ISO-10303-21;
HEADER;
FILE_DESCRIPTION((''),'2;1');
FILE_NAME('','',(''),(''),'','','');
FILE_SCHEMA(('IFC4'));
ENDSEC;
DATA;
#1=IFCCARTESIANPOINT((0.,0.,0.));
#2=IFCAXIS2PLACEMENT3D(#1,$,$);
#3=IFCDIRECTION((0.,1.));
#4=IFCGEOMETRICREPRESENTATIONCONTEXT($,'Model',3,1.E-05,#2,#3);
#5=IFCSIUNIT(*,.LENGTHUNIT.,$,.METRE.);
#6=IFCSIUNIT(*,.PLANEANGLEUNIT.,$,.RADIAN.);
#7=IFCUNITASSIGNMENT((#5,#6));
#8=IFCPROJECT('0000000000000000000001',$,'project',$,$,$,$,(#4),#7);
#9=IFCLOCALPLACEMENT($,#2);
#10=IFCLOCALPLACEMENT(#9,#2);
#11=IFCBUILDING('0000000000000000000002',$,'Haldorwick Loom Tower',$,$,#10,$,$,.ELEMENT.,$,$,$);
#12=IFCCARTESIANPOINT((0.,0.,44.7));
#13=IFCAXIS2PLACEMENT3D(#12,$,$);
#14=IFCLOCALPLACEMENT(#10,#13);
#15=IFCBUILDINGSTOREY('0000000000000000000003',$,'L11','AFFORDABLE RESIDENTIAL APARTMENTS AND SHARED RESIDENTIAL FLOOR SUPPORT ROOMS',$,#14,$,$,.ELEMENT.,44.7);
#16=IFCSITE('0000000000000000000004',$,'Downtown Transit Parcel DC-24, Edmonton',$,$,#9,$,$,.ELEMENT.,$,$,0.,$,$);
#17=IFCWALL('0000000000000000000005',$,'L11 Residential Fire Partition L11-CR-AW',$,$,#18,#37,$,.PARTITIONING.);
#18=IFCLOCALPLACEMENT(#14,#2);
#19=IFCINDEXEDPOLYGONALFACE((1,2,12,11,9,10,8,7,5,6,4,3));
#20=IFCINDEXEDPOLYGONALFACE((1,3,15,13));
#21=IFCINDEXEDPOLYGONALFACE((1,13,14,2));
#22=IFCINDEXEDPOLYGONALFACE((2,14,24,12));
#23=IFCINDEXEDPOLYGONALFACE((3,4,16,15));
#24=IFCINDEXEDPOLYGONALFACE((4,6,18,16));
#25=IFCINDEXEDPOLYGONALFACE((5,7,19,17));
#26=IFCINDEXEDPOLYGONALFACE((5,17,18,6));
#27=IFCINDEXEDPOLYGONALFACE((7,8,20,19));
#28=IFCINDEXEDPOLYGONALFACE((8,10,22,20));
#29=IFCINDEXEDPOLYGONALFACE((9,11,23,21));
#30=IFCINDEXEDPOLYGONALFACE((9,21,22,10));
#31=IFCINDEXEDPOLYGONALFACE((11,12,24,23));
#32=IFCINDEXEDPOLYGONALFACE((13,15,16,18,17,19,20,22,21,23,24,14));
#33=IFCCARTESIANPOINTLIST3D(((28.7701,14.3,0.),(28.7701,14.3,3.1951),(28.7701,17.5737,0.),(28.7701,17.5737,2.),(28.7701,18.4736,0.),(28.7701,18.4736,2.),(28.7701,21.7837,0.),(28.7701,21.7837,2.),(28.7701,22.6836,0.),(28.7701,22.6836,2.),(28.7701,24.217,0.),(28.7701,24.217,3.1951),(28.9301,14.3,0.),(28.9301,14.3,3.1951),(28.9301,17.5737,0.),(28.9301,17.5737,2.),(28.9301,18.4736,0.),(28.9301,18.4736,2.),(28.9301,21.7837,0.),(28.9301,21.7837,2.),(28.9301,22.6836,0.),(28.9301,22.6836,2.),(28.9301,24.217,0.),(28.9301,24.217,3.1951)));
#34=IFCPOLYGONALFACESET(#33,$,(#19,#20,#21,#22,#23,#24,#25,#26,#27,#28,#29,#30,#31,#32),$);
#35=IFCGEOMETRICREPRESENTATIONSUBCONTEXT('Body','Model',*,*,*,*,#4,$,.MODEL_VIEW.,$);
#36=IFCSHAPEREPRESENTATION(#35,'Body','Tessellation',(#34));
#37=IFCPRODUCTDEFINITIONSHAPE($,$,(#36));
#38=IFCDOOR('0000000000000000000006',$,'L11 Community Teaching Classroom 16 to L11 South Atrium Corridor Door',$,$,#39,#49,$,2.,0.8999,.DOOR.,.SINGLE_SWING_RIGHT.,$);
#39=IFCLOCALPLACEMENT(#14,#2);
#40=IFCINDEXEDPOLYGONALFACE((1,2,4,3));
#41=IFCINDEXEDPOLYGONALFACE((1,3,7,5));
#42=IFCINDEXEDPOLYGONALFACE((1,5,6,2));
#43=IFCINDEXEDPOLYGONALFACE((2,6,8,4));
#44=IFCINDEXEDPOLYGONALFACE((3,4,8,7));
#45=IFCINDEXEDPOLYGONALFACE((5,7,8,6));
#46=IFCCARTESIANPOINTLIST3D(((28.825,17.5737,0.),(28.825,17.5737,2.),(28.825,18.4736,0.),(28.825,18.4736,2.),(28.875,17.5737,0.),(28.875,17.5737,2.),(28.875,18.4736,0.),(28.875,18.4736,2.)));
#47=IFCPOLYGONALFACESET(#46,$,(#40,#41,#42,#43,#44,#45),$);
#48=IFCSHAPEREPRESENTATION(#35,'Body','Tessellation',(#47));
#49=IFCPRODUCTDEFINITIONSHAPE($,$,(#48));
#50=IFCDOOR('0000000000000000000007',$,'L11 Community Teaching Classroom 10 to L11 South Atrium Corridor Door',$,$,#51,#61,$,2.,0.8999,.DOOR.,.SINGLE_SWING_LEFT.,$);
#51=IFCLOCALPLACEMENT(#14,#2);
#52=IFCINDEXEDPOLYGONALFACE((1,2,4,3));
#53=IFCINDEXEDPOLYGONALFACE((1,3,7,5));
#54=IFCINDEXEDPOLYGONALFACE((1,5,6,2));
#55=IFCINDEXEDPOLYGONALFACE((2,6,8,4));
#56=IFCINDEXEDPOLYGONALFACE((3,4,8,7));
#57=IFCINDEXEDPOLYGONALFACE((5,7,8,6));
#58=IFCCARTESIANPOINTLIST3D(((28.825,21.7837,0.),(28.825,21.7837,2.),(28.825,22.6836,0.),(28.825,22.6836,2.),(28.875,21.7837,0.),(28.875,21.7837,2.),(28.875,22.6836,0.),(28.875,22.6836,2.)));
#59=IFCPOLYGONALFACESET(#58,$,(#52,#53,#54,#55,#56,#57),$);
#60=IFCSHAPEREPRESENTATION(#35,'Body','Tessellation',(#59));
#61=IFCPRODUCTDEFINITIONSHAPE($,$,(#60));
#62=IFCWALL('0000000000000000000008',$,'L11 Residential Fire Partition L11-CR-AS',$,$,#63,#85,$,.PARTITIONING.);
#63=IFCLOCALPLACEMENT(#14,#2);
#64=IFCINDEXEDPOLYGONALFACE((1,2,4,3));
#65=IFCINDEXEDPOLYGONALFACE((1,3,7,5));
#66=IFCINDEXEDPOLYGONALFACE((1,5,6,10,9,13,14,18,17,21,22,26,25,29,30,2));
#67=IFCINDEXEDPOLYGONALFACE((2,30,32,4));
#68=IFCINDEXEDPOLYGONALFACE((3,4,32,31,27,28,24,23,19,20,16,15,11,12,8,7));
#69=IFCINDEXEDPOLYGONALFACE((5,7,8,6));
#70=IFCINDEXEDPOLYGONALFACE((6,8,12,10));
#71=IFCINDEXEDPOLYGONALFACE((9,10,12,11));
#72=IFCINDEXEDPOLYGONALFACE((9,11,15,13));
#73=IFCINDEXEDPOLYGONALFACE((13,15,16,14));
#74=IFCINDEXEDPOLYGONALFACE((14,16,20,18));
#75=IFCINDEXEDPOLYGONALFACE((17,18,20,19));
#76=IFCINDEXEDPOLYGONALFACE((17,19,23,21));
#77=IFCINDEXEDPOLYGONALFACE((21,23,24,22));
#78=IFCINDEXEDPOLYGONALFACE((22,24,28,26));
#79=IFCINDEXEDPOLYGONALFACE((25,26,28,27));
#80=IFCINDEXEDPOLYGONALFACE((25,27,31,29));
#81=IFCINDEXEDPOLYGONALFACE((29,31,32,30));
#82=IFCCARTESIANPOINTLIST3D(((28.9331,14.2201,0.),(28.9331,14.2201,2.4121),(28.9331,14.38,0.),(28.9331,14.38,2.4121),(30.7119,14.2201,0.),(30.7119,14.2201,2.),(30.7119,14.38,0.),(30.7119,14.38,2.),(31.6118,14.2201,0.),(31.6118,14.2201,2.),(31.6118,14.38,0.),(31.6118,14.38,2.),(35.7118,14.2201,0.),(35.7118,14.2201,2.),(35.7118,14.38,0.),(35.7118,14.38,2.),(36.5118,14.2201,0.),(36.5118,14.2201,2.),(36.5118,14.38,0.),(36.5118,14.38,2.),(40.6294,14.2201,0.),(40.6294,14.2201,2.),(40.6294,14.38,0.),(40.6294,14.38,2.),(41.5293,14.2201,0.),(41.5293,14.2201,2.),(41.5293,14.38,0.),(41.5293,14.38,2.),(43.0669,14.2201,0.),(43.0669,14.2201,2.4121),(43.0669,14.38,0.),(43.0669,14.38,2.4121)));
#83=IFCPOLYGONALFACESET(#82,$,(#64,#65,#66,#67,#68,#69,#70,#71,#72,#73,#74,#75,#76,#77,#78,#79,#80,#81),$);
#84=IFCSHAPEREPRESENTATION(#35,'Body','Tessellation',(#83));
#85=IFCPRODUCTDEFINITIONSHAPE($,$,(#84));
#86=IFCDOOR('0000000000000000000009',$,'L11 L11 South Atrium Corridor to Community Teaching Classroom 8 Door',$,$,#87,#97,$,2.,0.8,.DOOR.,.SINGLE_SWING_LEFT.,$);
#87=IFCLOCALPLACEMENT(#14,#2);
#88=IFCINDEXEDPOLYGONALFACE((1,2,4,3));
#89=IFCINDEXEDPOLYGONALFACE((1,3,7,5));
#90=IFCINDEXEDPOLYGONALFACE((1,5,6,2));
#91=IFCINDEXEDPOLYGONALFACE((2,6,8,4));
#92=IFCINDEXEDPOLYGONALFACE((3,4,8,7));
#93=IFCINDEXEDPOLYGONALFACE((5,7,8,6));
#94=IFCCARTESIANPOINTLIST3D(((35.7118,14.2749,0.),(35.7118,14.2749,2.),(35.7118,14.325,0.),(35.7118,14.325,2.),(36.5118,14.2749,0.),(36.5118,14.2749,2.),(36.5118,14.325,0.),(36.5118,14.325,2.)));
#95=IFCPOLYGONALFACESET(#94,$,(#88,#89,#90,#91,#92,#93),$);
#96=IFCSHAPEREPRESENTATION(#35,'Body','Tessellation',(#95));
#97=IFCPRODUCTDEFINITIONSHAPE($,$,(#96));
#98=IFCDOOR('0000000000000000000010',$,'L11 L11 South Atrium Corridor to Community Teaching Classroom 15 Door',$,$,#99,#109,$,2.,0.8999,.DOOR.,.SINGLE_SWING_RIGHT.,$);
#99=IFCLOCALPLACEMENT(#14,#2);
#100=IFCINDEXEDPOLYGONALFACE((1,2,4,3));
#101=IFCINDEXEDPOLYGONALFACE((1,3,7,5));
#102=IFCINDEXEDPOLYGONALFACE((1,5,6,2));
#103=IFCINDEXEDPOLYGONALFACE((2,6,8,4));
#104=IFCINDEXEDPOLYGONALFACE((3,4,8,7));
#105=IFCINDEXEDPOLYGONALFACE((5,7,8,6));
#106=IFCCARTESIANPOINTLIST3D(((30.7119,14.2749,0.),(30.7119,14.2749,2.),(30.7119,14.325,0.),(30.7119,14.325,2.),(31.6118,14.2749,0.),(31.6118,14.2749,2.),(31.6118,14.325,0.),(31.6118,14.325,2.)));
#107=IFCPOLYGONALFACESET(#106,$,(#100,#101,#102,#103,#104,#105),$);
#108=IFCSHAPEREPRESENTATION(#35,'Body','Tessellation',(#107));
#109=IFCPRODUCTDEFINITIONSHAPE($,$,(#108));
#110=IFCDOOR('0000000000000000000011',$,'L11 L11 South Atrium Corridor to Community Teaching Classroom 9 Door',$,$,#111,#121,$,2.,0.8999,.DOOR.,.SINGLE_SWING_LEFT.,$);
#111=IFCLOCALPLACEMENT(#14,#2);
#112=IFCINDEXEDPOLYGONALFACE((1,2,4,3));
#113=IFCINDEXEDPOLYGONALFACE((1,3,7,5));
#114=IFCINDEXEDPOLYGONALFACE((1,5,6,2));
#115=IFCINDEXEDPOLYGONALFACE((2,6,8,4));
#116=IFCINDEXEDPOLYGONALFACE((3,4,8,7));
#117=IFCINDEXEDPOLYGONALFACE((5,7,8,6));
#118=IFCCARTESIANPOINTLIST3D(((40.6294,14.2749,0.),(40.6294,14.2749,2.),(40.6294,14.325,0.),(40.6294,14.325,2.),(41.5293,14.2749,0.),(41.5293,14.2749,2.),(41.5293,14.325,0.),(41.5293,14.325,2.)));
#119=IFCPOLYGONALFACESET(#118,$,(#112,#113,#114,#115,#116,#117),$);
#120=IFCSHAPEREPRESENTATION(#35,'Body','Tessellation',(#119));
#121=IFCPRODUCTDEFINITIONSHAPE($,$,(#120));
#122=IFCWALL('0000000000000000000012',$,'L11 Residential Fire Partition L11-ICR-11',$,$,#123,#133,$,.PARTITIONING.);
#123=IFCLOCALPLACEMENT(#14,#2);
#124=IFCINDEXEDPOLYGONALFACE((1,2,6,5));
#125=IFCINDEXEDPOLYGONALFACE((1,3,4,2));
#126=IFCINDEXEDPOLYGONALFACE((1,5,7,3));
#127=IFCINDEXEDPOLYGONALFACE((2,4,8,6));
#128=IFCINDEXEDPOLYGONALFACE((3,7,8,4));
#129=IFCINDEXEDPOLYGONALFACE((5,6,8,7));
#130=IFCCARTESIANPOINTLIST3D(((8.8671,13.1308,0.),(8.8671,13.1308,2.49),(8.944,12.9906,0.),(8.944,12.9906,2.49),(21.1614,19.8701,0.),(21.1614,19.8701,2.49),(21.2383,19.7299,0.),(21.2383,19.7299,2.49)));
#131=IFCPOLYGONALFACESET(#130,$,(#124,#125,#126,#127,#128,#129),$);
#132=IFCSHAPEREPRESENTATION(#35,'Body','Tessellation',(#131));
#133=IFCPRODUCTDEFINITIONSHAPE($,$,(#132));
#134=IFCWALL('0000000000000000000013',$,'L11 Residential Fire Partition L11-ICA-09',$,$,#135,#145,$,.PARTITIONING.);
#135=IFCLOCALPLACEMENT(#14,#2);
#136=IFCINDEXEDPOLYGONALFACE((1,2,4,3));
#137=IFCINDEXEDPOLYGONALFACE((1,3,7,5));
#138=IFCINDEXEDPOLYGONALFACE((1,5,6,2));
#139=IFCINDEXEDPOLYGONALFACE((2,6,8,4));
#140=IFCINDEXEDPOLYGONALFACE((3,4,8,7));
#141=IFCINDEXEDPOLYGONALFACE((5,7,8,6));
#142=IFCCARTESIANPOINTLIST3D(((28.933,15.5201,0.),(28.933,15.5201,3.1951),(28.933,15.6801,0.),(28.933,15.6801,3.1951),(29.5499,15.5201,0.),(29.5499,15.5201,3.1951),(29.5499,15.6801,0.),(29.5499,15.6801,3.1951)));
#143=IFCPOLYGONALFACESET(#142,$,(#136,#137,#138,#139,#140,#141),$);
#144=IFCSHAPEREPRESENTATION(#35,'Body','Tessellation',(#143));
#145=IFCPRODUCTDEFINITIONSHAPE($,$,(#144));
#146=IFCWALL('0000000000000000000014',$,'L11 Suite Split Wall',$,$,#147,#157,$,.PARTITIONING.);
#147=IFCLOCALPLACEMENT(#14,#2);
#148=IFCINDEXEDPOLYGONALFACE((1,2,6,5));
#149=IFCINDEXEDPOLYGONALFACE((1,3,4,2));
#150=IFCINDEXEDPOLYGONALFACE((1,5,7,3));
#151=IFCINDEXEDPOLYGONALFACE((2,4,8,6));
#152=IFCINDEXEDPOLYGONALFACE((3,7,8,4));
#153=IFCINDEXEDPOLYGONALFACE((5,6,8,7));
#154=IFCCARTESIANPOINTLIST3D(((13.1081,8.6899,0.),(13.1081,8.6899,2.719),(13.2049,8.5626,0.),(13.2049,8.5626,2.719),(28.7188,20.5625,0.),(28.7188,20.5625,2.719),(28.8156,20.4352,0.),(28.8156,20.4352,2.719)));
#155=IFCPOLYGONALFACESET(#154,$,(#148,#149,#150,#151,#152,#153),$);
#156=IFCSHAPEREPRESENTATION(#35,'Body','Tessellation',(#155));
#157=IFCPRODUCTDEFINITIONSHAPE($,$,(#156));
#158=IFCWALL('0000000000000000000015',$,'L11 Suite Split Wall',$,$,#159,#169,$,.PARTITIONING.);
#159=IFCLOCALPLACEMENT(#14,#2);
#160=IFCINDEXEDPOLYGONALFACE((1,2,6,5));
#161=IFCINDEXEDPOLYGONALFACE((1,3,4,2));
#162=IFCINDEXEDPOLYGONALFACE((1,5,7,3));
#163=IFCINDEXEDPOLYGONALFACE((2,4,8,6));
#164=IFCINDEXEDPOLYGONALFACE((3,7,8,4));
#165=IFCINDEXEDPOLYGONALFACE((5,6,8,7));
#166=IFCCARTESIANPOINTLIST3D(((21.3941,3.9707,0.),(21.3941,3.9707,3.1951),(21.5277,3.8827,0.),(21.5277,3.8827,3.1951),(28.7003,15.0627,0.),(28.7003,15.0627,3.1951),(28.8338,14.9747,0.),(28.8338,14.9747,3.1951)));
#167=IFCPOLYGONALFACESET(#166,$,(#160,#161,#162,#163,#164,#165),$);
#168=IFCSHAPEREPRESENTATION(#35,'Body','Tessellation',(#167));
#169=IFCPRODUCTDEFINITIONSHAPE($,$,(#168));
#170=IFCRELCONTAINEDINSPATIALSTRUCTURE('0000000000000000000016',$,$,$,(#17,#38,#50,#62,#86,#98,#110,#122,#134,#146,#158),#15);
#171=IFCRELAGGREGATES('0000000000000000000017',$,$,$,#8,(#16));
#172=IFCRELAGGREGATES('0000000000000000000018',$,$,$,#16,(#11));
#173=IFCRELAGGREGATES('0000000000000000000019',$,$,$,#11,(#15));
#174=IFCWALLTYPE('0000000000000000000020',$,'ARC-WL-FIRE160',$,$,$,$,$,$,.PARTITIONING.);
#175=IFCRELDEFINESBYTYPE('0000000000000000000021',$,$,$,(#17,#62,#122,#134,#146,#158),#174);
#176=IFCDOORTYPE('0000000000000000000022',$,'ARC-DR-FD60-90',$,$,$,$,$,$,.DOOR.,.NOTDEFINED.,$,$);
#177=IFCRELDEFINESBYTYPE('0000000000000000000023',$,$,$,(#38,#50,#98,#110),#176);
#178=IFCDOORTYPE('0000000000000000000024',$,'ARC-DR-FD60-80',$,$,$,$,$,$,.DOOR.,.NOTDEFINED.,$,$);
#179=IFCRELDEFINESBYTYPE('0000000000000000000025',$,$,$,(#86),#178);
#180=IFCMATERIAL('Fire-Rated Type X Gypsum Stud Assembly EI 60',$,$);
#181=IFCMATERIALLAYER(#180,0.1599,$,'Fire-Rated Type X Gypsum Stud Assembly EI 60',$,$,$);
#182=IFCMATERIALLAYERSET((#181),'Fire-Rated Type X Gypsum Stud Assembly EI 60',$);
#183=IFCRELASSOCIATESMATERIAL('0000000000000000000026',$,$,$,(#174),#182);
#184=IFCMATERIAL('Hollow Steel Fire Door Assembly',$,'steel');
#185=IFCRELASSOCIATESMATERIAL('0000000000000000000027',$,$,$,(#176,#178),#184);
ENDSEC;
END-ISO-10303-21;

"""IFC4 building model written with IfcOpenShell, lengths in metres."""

from ifc_helpers import new_model, si_unit, direction, frame, frame_2d, origin, place, context, subcontext, project, spatial, rectangle, extrude, material, layer, layer_set, type_object, element, fill, save


model = new_model("IFC4")

# Units and contexts
model_context = context("Model", 3, precision=1e-05, world=origin(), true_north=direction((0.0, 1.0)))
body_context = subcontext(model_context, "Body", "Model", "MODEL_VIEW")
ifc_project = project(units=[si_unit("LENGTHUNIT", "METRE"), si_unit("PLANEANGLEUNIT", "RADIAN")], contexts=[model_context])

# Site, building, storey
site_placement = place(None, origin())
site = spatial("IfcSite", under=ifc_project, at=site_placement, Name="Downtown Transit Parcel DC-24, Edmonton", CompositionType="ELEMENT", RefElevation=0.0)
building_placement = place(site_placement, origin())
building = spatial("IfcBuilding", under=site, at=building_placement, Name="Haldorwick Loom Tower", CompositionType="ELEMENT")
storey_placement = place(building_placement, frame((0.0, 0.0, 44.7)))
storey = spatial("IfcBuildingStorey", under=building, at=storey_placement, Name="L11", Description="AFFORDABLE RESIDENTIAL APARTMENTS AND SHARED RESIDENTIAL FLOOR SUPPORT ROOMS", CompositionType="ELEMENT", Elevation=44.7)

# Walls, openings, doors
ifc_material_1 = material(Name="Fire-Rated Type X Gypsum Stud Assembly EI 60")
ifc_layer_1 = layer(ifc_material_1, 0.1599, Name="Fire-Rated Type X Gypsum Stud Assembly EI 60")
ifc_layer_set_1 = layer_set([ifc_layer_1], Name="Fire-Rated Type X Gypsum Stud Assembly EI 60")
wall_type_1 = type_object("IfcWallType", Name="ARC-WL-FIRE160", PredefinedType="PARTITIONING", material=ifc_layer_set_1)
wall_1_placement = place(storey_placement, frame((28.8501, 14.3, 0.0), z_axis=(0.0, 0.0, 1.0), x_axis=(0.0, 1.0, 0.0)))
wall_1 = element("IfcWall", 1, at=wall_1_placement, inside=storey, type_object=wall_type_1, Name="L11 Residential Fire Partition L11-CR-AW", PredefinedType="PARTITIONING", context=body_context, shape_type="SweptSolid", body=[
    extrude(rectangle(XDim=9.917, YDim=0.1599, at=frame_2d((4.9585, 0.0))), origin(), (0.0, 0.0, 1.0), 3.1951),
])
opening_1_placement = place(wall_1_placement, frame((3.2737, 0.0, 0.0)))
opening_1 = element("IfcOpeningElement", 2, at=opening_1_placement, cuts=wall_1, PredefinedType="OPENING", context=body_context, shape_type="SweptSolid", body=[
    extrude(rectangle(XDim=0.8999, YDim=2.0, at=frame_2d((0.45, 1.0))), frame((0.0, 0.0898, 0.0), z_axis=(0.0, -1.0, 0.0), x_axis=(1.0, 0.0, 0.0)), (0.0, 0.0, 1.0), 0.1799),
])
opening_2_placement = place(wall_1_placement, frame((7.4836, 0.0, 0.0)))
opening_2 = element("IfcOpeningElement", 3, at=opening_2_placement, cuts=wall_1, PredefinedType="OPENING", context=body_context, shape_type="SweptSolid", body=[
    extrude(rectangle(XDim=0.8999, YDim=2.0, at=frame_2d((0.45, 1.0))), frame((0.0, 0.0898, 0.0), z_axis=(0.0, -1.0, 0.0), x_axis=(1.0, 0.0, 0.0)), (0.0, 0.0, 1.0), 0.1799),
])
ifc_material_2 = material(Name="Hollow Steel Fire Door Assembly", Category="steel")
door_type_1 = type_object("IfcDoorType", Name="ARC-DR-FD60-90", OperationType="NOTDEFINED", PredefinedType="DOOR", material=ifc_material_2)
door_1_placement = place(opening_1_placement, frame((0.8999, 0.0, 0.0), z_axis=(0.0, 0.0, 1.0), x_axis=(-1.0, 0.0, 0.0)))
door_1 = element("IfcDoor", 4, at=door_1_placement, inside=storey, type_object=door_type_1, Name="L11 Community Teaching Classroom 16 to L11 South Atrium Corridor Door", OperationType="SINGLE_SWING_RIGHT", OverallHeight=2.0, OverallWidth=0.8999, PredefinedType="DOOR", context=body_context, shape_type="SweptSolid", body=[
    extrude(rectangle(XDim=0.8999, YDim=2.0, at=frame_2d((0.45, 1.0))), frame((0.0, 0.0249, 0.0), z_axis=(0.0, -1.0, 0.0), x_axis=(1.0, 0.0, 0.0)), (0.0, 0.0, 1.0), 0.05),
])
fill(opening_1, door_1)
door_2_placement = place(opening_2_placement, frame((0.8999, 0.0, 0.0), z_axis=(0.0, 0.0, 1.0), x_axis=(-1.0, 0.0, 0.0)))
door_2 = element("IfcDoor", 5, at=door_2_placement, inside=storey, type_object=door_type_1, Name="L11 Community Teaching Classroom 10 to L11 South Atrium Corridor Door", OperationType="SINGLE_SWING_LEFT", OverallHeight=2.0, OverallWidth=0.8999, PredefinedType="DOOR", context=body_context, shape_type="SweptSolid", body=[
    extrude(rectangle(XDim=0.8999, YDim=2.0, at=frame_2d((0.45, 1.0))), frame((0.0, 0.0249, 0.0), z_axis=(0.0, -1.0, 0.0), x_axis=(1.0, 0.0, 0.0)), (0.0, 0.0, 1.0), 0.05),
])
fill(opening_2, door_2)
wall_2_placement = place(storey_placement, frame((28.9331, 14.3, 0.0), z_axis=(0.0, 0.0, 1.0), x_axis=(1.0, 0.0, 0.0)))
wall_2 = element("IfcWall", 6, at=wall_2_placement, inside=storey, type_object=wall_type_1, Name="L11 Residential Fire Partition L11-CR-AS", PredefinedType="PARTITIONING", context=body_context, shape_type="SweptSolid", body=[
    extrude(rectangle(XDim=14.1338, YDim=0.1599, at=frame_2d((7.0669, 0.0))), origin(), (0.0, 0.0, 1.0), 2.4121),
])
opening_3_placement = place(wall_2_placement, frame((1.7788, 0.0, 0.0)))
opening_3 = element("IfcOpeningElement", 7, at=opening_3_placement, cuts=wall_2, PredefinedType="OPENING", context=body_context, shape_type="SweptSolid", body=[
    extrude(rectangle(XDim=0.8999, YDim=2.0, at=frame_2d((0.45, 1.0))), frame((0.0, 0.0898, 0.0), z_axis=(0.0, -1.0, 0.0), x_axis=(1.0, 0.0, 0.0)), (0.0, 0.0, 1.0), 0.1799),
])
opening_4_placement = place(wall_2_placement, frame((11.6963, 0.0, 0.0)))
opening_4 = element("IfcOpeningElement", 8, at=opening_4_placement, cuts=wall_2, PredefinedType="OPENING", context=body_context, shape_type="SweptSolid", body=[
    extrude(rectangle(XDim=0.8999, YDim=2.0, at=frame_2d((0.45, 1.0))), frame((0.0, 0.0898, 0.0), z_axis=(0.0, -1.0, 0.0), x_axis=(1.0, 0.0, 0.0)), (0.0, 0.0, 1.0), 0.1799),
])
opening_5_placement = place(wall_2_placement, frame((6.7788, 0.0, 0.0)))
opening_5 = element("IfcOpeningElement", 9, at=opening_5_placement, cuts=wall_2, PredefinedType="OPENING", context=body_context, shape_type="SweptSolid", body=[
    extrude(rectangle(XDim=0.8, YDim=2.0, at=frame_2d((0.3999, 1.0))), frame((0.0, 0.0898, 0.0), z_axis=(0.0, -1.0, 0.0), x_axis=(1.0, 0.0, 0.0)), (0.0, 0.0, 1.0), 0.1799),
])
door_type_2 = type_object("IfcDoorType", Name="ARC-DR-FD60-80", OperationType="NOTDEFINED", PredefinedType="DOOR", material=ifc_material_2)
door_3_placement = place(opening_5_placement, origin())
door_3 = element("IfcDoor", 10, at=door_3_placement, inside=storey, type_object=door_type_2, Name="L11 L11 South Atrium Corridor to Community Teaching Classroom 8 Door", OperationType="SINGLE_SWING_LEFT", OverallHeight=2.0, OverallWidth=0.8, PredefinedType="DOOR", context=body_context, shape_type="SweptSolid", body=[
    extrude(rectangle(XDim=0.8, YDim=2.0, at=frame_2d((0.3999, 1.0))), frame((0.0, 0.0249, 0.0), z_axis=(0.0, -1.0, 0.0), x_axis=(1.0, 0.0, 0.0)), (0.0, 0.0, 1.0), 0.05),
])
fill(opening_5, door_3)
door_4_placement = place(opening_3_placement, origin())
door_4 = element("IfcDoor", 11, at=door_4_placement, inside=storey, type_object=door_type_1, Name="L11 L11 South Atrium Corridor to Community Teaching Classroom 15 Door", OperationType="SINGLE_SWING_RIGHT", OverallHeight=2.0, OverallWidth=0.8999, PredefinedType="DOOR", context=body_context, shape_type="SweptSolid", body=[
    extrude(rectangle(XDim=0.8999, YDim=2.0, at=frame_2d((0.45, 1.0))), frame((0.0, 0.0249, 0.0), z_axis=(0.0, -1.0, 0.0), x_axis=(1.0, 0.0, 0.0)), (0.0, 0.0, 1.0), 0.05),
])
fill(opening_3, door_4)
door_5_placement = place(opening_4_placement, origin())
door_5 = element("IfcDoor", 12, at=door_5_placement, inside=storey, type_object=door_type_1, Name="L11 L11 South Atrium Corridor to Community Teaching Classroom 9 Door", OperationType="SINGLE_SWING_LEFT", OverallHeight=2.0, OverallWidth=0.8999, PredefinedType="DOOR", context=body_context, shape_type="SweptSolid", body=[
    extrude(rectangle(XDim=0.8999, YDim=2.0, at=frame_2d((0.45, 1.0))), frame((0.0, 0.0249, 0.0), z_axis=(0.0, -1.0, 0.0), x_axis=(1.0, 0.0, 0.0)), (0.0, 0.0, 1.0), 0.05),
])
fill(opening_4, door_5)

# Walls
wall_3_placement = place(storey_placement, frame((21.2, 19.8, 0.0), z_axis=(0.0, 0.0, 1.0), x_axis=(-0.876894, -0.480684, 0.0)))
element("IfcWall", 13, at=wall_3_placement, inside=storey, type_object=wall_type_1, Name="L11 Residential Fire Partition L11-ICR-11", PredefinedType="PARTITIONING", context=body_context, shape_type="SweptSolid", body=[
    extrude(rectangle(XDim=14.0203, YDim=0.1599, at=frame_2d((7.0103, 0.0))), origin(), (0.0, 0.0, 1.0), 2.49),
])
wall_4_placement = place(storey_placement, frame((29.55, 15.6001, 0.0), z_axis=(0.0, 0.0, 1.0), x_axis=(-1.0, 0.0, 0.0)))
element("IfcWall", 14, at=wall_4_placement, inside=storey, type_object=wall_type_1, Name="L11 Residential Fire Partition L11-ICA-09", PredefinedType="PARTITIONING", context=body_context, shape_type="SweptSolid", body=[
    extrude(rectangle(XDim=0.6169, YDim=0.1599, at=frame_2d((0.3086, 0.0))), origin(), (0.0, 0.0, 1.0), 3.1951),
])
wall_5_placement = place(storey_placement, frame((28.7671, 20.4988, 0.0), z_axis=(0.0, 0.0, 1.0), x_axis=(-0.795953, -0.605358, 0.0)))
element("IfcWall", 15, at=wall_5_placement, inside=storey, type_object=wall_type_1, Name="L11 Suite Split Wall", PredefinedType="PARTITIONING", context=body_context, shape_type="SweptSolid", body=[
    extrude(rectangle(XDim=19.6125, YDim=0.1599, at=frame_2d((9.8062, 0.0))), origin(), (0.0, 0.0, 1.0), 2.719),
])
wall_6_placement = place(storey_placement, frame((28.7671, 15.0188, 0.0), z_axis=(0.0, 0.0, 1.0), x_axis=(-0.550077, -0.835114, 0.0)))
element("IfcWall", 16, at=wall_6_placement, inside=storey, type_object=wall_type_1, Name="L11 Suite Split Wall", PredefinedType="PARTITIONING", context=body_context, shape_type="SweptSolid", body=[
    extrude(rectangle(XDim=13.282, YDim=0.1599, at=frame_2d((6.6411, 0.0))), origin(), (0.0, 0.0, 1.0), 3.1951),
])

save(model, "model.ifc")
